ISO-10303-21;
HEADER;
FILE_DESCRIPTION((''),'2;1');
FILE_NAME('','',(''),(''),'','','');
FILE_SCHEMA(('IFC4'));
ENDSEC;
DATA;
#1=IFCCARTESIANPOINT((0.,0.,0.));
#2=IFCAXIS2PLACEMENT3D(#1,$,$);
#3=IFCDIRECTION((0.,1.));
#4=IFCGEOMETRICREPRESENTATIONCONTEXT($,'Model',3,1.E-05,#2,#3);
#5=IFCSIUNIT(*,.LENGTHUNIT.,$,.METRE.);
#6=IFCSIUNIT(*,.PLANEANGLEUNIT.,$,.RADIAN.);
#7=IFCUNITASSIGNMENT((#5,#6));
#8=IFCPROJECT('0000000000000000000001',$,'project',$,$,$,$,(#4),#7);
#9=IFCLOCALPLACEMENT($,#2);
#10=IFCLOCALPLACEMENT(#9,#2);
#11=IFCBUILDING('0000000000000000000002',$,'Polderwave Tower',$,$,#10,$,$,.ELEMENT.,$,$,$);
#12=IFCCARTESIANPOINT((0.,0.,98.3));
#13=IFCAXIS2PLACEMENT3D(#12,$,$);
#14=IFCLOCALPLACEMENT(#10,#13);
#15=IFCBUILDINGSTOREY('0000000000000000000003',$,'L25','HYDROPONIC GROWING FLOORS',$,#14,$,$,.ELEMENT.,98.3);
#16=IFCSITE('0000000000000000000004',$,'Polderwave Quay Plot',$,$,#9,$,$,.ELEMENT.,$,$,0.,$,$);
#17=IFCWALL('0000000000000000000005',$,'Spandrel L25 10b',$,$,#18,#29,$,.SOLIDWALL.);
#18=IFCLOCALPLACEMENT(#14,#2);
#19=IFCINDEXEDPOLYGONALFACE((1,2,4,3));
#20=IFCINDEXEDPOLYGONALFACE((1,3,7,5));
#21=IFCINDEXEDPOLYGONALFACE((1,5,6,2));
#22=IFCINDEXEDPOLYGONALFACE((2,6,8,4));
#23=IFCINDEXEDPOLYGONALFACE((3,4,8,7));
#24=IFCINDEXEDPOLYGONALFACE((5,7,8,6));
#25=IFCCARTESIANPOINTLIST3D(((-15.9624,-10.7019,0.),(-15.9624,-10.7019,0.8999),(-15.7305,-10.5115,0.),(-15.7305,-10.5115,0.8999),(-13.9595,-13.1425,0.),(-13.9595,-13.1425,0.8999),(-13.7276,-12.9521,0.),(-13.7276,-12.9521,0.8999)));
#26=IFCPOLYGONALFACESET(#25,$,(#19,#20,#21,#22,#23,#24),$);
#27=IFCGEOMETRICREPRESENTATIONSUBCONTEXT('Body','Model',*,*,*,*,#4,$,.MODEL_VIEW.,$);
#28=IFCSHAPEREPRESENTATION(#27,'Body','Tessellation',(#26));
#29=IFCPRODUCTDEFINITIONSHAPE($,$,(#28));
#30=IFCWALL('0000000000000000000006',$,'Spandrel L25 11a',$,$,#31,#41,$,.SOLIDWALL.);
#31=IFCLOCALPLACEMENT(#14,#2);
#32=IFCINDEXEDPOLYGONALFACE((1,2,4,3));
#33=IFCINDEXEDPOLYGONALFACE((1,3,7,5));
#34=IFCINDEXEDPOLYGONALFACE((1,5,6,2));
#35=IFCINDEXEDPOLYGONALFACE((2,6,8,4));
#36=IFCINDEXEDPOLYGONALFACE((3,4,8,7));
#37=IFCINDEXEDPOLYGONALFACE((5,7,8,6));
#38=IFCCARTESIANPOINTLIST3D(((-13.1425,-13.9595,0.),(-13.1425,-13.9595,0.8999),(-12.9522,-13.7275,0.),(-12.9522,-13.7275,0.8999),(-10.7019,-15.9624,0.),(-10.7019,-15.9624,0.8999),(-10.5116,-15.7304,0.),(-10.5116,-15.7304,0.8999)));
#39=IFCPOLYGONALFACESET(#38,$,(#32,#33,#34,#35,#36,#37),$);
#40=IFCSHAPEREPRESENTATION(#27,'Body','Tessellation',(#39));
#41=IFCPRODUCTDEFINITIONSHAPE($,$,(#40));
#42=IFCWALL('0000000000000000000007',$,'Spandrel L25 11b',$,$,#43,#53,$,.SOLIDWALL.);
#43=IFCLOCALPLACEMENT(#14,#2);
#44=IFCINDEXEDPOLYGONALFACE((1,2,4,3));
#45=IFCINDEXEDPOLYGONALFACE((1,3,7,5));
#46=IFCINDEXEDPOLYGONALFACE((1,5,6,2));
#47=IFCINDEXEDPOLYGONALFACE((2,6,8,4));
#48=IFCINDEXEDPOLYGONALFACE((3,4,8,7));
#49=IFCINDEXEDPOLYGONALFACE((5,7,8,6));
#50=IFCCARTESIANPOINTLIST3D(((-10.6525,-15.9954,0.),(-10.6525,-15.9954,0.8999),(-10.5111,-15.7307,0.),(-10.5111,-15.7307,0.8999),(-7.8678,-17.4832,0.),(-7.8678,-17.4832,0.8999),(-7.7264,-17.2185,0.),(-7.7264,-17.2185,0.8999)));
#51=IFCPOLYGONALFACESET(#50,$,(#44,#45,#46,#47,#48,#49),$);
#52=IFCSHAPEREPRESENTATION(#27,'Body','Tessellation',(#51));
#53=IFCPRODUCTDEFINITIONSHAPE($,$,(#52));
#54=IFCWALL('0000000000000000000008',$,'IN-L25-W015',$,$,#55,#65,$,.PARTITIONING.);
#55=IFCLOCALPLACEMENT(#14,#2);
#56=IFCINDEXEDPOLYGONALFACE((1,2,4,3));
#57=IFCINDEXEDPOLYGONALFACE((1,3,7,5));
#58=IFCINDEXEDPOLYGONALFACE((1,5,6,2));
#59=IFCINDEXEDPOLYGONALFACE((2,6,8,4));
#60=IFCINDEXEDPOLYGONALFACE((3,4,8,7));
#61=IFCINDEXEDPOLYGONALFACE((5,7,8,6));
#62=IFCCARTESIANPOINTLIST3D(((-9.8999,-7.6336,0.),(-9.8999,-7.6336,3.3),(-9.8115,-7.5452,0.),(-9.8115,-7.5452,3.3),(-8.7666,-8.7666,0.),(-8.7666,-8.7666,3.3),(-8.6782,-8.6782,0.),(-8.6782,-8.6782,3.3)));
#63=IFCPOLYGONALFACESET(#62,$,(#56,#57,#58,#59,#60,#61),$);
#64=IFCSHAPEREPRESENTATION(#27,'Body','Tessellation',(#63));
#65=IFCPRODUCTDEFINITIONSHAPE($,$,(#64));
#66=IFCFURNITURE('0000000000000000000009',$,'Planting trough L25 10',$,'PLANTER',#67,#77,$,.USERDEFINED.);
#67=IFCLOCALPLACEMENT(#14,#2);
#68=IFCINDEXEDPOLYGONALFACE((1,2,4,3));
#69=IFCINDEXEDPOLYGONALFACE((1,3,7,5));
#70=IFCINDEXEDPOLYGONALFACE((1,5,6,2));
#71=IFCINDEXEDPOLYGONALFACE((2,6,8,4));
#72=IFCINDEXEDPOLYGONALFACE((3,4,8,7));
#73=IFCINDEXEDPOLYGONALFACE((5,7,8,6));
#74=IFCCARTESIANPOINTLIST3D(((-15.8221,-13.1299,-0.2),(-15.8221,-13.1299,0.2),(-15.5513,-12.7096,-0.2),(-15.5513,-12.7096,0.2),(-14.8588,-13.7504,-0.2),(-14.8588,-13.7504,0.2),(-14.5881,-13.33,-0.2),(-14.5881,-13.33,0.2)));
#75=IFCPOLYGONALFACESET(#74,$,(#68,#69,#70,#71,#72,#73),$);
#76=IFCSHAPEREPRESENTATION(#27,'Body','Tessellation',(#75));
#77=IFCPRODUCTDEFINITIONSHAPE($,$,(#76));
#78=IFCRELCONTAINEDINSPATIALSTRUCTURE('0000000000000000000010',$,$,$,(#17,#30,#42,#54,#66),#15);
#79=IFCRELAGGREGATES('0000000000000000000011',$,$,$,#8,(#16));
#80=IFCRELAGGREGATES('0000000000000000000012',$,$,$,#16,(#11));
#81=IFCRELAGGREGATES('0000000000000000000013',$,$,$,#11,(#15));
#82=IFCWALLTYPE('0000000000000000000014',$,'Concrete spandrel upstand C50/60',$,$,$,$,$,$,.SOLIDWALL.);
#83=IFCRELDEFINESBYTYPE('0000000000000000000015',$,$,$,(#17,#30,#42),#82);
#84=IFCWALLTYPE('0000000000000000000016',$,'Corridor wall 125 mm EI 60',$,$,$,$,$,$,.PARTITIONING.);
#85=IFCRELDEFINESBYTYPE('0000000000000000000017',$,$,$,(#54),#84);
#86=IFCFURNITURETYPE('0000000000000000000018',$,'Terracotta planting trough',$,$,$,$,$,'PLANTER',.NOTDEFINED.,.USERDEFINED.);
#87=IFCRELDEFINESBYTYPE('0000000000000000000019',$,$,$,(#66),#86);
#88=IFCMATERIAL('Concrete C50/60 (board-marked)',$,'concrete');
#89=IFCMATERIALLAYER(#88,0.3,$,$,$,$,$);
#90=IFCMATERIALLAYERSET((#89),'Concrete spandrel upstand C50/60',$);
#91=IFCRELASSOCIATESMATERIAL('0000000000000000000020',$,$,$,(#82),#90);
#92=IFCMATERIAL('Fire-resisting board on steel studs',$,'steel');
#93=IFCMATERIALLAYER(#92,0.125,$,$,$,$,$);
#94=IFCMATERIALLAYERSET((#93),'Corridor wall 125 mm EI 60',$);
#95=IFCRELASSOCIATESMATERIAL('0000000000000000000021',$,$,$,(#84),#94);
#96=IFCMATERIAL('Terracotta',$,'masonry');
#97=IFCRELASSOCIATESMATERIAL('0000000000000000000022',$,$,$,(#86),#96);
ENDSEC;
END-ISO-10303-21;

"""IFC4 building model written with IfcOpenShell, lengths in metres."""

from ifc_helpers import new_model, si_unit, direction, frame, frame_2d, origin, origin_2d, place, context, subcontext, project, spatial, rectangle, extrude, material, layer, layer_set, type_object, element, save


model = new_model("IFC4")

# Units and contexts
model_context = context("Model", 3, precision=1e-05, world=origin(), true_north=direction((0.0, 1.0)))
body_context = subcontext(model_context, "Body", "Model", "MODEL_VIEW")
ifc_project = project(units=[si_unit("LENGTHUNIT", "METRE"), si_unit("PLANEANGLEUNIT", "RADIAN")], contexts=[model_context])

# Site, building, storey
site_placement = place(None, origin())
site = spatial("IfcSite", under=ifc_project, at=site_placement, Name="Polderwave Quay Plot", CompositionType="ELEMENT", RefElevation=0.0)
building_placement = place(site_placement, origin())
building = spatial("IfcBuilding", under=site, at=building_placement, Name="Polderwave Tower", CompositionType="ELEMENT")
storey_placement = place(building_placement, frame((0.0, 0.0, 98.3)))
storey = spatial("IfcBuildingStorey", under=building, at=storey_placement, Name="L25", Description="HYDROPONIC GROWING FLOORS", CompositionType="ELEMENT", Elevation=98.3)

# Walls
ifc_material_1 = material(Name="Concrete C50/60 (board-marked)", Category="concrete")
ifc_layer_1 = layer(ifc_material_1, 0.3)
ifc_layer_set_1 = layer_set([ifc_layer_1], Name="Concrete spandrel upstand C50/60")
wall_type_1 = type_object("IfcWallType", Name="Concrete spandrel upstand C50/60", PredefinedType="SOLIDWALL", material=ifc_layer_set_1)
for number, where, z_axis, x_axis, name in (
    (1, (-15.8464, -10.6067, 0.0), (0.0, 0.0, 1.0), (0.634378, -0.773023, 0.0), "Spandrel L25 10b"),
    (2, (-13.0474, -13.8435, 0.0), (0.0, 0.0, 1.0), (0.773023, -0.634378, 0.0), "Spandrel L25 11a"),
    (3, (-10.5818, -15.863, 0.0), (0.0, 0.0, 1.0), (0.882006, -0.471238, 0.0), "Spandrel L25 11b"),
):
    element("IfcWall", number, at=place(storey_placement, frame(where, z_axis=z_axis, x_axis=x_axis)), inside=storey, type_object=wall_type_1, Name=name, PredefinedType="SOLIDWALL", context=body_context, shape_type="SweptSolid", body=[
        extrude(rectangle(XDim=3.1572, YDim=0.3, at=frame_2d((1.5786, 0.0))), origin(), (0.0, 0.0, 1.0), 0.8999),
    ])
ifc_material_2 = material(Name="Fire-resisting board on steel studs", Category="steel")
ifc_layer_2 = layer(ifc_material_2, 0.125)
ifc_layer_set_2 = layer_set([ifc_layer_2], Name="Corridor wall 125 mm EI 60")
wall_type_2 = type_object("IfcWallType", Name="Corridor wall 125 mm EI 60", PredefinedType="PARTITIONING", material=ifc_layer_set_2)
wall_1_placement = place(storey_placement, frame((-8.7224, -8.7224, 0.0), z_axis=(0.0, 0.0, 1.0), x_axis=(-0.707183, 0.707031, 0.0)))
element("IfcWall", 4, at=wall_1_placement, inside=storey, type_object=wall_type_2, Name="IN-L25-W015", PredefinedType="PARTITIONING", context=body_context, shape_type="SweptSolid", body=[
    extrude(rectangle(XDim=1.6025, YDim=0.125, at=frame_2d((0.8013, 0.0))), origin(), (0.0, 0.0, 1.0), 3.3),
])

# Furniture
ifc_material_3 = material(Name="Terracotta", Category="masonry")
furniture_type = type_object("IfcFurnitureType", Name="Terracotta planting trough", ElementType="PLANTER", AssemblyPlace="NOTDEFINED", PredefinedType="USERDEFINED", material=ifc_material_3)
furniture_placement = place(storey_placement, frame((-15.2051, -13.23, -0.2), z_axis=(0.0, 0.0, 1.0), x_axis=(0.840698, -0.541504, 0.0)))
element("IfcFurniture", 5, at=furniture_placement, inside=storey, type_object=furniture_type, Name="Planting trough L25 10", ObjectType="PLANTER", PredefinedType="USERDEFINED", context=body_context, shape_type="SweptSolid", body=[
    extrude(rectangle(XDim=1.1458, YDim=0.5, at=origin_2d()), origin(), (0.0, 0.0, 1.0), 0.3999),
])

save(model, "model.ifc")
